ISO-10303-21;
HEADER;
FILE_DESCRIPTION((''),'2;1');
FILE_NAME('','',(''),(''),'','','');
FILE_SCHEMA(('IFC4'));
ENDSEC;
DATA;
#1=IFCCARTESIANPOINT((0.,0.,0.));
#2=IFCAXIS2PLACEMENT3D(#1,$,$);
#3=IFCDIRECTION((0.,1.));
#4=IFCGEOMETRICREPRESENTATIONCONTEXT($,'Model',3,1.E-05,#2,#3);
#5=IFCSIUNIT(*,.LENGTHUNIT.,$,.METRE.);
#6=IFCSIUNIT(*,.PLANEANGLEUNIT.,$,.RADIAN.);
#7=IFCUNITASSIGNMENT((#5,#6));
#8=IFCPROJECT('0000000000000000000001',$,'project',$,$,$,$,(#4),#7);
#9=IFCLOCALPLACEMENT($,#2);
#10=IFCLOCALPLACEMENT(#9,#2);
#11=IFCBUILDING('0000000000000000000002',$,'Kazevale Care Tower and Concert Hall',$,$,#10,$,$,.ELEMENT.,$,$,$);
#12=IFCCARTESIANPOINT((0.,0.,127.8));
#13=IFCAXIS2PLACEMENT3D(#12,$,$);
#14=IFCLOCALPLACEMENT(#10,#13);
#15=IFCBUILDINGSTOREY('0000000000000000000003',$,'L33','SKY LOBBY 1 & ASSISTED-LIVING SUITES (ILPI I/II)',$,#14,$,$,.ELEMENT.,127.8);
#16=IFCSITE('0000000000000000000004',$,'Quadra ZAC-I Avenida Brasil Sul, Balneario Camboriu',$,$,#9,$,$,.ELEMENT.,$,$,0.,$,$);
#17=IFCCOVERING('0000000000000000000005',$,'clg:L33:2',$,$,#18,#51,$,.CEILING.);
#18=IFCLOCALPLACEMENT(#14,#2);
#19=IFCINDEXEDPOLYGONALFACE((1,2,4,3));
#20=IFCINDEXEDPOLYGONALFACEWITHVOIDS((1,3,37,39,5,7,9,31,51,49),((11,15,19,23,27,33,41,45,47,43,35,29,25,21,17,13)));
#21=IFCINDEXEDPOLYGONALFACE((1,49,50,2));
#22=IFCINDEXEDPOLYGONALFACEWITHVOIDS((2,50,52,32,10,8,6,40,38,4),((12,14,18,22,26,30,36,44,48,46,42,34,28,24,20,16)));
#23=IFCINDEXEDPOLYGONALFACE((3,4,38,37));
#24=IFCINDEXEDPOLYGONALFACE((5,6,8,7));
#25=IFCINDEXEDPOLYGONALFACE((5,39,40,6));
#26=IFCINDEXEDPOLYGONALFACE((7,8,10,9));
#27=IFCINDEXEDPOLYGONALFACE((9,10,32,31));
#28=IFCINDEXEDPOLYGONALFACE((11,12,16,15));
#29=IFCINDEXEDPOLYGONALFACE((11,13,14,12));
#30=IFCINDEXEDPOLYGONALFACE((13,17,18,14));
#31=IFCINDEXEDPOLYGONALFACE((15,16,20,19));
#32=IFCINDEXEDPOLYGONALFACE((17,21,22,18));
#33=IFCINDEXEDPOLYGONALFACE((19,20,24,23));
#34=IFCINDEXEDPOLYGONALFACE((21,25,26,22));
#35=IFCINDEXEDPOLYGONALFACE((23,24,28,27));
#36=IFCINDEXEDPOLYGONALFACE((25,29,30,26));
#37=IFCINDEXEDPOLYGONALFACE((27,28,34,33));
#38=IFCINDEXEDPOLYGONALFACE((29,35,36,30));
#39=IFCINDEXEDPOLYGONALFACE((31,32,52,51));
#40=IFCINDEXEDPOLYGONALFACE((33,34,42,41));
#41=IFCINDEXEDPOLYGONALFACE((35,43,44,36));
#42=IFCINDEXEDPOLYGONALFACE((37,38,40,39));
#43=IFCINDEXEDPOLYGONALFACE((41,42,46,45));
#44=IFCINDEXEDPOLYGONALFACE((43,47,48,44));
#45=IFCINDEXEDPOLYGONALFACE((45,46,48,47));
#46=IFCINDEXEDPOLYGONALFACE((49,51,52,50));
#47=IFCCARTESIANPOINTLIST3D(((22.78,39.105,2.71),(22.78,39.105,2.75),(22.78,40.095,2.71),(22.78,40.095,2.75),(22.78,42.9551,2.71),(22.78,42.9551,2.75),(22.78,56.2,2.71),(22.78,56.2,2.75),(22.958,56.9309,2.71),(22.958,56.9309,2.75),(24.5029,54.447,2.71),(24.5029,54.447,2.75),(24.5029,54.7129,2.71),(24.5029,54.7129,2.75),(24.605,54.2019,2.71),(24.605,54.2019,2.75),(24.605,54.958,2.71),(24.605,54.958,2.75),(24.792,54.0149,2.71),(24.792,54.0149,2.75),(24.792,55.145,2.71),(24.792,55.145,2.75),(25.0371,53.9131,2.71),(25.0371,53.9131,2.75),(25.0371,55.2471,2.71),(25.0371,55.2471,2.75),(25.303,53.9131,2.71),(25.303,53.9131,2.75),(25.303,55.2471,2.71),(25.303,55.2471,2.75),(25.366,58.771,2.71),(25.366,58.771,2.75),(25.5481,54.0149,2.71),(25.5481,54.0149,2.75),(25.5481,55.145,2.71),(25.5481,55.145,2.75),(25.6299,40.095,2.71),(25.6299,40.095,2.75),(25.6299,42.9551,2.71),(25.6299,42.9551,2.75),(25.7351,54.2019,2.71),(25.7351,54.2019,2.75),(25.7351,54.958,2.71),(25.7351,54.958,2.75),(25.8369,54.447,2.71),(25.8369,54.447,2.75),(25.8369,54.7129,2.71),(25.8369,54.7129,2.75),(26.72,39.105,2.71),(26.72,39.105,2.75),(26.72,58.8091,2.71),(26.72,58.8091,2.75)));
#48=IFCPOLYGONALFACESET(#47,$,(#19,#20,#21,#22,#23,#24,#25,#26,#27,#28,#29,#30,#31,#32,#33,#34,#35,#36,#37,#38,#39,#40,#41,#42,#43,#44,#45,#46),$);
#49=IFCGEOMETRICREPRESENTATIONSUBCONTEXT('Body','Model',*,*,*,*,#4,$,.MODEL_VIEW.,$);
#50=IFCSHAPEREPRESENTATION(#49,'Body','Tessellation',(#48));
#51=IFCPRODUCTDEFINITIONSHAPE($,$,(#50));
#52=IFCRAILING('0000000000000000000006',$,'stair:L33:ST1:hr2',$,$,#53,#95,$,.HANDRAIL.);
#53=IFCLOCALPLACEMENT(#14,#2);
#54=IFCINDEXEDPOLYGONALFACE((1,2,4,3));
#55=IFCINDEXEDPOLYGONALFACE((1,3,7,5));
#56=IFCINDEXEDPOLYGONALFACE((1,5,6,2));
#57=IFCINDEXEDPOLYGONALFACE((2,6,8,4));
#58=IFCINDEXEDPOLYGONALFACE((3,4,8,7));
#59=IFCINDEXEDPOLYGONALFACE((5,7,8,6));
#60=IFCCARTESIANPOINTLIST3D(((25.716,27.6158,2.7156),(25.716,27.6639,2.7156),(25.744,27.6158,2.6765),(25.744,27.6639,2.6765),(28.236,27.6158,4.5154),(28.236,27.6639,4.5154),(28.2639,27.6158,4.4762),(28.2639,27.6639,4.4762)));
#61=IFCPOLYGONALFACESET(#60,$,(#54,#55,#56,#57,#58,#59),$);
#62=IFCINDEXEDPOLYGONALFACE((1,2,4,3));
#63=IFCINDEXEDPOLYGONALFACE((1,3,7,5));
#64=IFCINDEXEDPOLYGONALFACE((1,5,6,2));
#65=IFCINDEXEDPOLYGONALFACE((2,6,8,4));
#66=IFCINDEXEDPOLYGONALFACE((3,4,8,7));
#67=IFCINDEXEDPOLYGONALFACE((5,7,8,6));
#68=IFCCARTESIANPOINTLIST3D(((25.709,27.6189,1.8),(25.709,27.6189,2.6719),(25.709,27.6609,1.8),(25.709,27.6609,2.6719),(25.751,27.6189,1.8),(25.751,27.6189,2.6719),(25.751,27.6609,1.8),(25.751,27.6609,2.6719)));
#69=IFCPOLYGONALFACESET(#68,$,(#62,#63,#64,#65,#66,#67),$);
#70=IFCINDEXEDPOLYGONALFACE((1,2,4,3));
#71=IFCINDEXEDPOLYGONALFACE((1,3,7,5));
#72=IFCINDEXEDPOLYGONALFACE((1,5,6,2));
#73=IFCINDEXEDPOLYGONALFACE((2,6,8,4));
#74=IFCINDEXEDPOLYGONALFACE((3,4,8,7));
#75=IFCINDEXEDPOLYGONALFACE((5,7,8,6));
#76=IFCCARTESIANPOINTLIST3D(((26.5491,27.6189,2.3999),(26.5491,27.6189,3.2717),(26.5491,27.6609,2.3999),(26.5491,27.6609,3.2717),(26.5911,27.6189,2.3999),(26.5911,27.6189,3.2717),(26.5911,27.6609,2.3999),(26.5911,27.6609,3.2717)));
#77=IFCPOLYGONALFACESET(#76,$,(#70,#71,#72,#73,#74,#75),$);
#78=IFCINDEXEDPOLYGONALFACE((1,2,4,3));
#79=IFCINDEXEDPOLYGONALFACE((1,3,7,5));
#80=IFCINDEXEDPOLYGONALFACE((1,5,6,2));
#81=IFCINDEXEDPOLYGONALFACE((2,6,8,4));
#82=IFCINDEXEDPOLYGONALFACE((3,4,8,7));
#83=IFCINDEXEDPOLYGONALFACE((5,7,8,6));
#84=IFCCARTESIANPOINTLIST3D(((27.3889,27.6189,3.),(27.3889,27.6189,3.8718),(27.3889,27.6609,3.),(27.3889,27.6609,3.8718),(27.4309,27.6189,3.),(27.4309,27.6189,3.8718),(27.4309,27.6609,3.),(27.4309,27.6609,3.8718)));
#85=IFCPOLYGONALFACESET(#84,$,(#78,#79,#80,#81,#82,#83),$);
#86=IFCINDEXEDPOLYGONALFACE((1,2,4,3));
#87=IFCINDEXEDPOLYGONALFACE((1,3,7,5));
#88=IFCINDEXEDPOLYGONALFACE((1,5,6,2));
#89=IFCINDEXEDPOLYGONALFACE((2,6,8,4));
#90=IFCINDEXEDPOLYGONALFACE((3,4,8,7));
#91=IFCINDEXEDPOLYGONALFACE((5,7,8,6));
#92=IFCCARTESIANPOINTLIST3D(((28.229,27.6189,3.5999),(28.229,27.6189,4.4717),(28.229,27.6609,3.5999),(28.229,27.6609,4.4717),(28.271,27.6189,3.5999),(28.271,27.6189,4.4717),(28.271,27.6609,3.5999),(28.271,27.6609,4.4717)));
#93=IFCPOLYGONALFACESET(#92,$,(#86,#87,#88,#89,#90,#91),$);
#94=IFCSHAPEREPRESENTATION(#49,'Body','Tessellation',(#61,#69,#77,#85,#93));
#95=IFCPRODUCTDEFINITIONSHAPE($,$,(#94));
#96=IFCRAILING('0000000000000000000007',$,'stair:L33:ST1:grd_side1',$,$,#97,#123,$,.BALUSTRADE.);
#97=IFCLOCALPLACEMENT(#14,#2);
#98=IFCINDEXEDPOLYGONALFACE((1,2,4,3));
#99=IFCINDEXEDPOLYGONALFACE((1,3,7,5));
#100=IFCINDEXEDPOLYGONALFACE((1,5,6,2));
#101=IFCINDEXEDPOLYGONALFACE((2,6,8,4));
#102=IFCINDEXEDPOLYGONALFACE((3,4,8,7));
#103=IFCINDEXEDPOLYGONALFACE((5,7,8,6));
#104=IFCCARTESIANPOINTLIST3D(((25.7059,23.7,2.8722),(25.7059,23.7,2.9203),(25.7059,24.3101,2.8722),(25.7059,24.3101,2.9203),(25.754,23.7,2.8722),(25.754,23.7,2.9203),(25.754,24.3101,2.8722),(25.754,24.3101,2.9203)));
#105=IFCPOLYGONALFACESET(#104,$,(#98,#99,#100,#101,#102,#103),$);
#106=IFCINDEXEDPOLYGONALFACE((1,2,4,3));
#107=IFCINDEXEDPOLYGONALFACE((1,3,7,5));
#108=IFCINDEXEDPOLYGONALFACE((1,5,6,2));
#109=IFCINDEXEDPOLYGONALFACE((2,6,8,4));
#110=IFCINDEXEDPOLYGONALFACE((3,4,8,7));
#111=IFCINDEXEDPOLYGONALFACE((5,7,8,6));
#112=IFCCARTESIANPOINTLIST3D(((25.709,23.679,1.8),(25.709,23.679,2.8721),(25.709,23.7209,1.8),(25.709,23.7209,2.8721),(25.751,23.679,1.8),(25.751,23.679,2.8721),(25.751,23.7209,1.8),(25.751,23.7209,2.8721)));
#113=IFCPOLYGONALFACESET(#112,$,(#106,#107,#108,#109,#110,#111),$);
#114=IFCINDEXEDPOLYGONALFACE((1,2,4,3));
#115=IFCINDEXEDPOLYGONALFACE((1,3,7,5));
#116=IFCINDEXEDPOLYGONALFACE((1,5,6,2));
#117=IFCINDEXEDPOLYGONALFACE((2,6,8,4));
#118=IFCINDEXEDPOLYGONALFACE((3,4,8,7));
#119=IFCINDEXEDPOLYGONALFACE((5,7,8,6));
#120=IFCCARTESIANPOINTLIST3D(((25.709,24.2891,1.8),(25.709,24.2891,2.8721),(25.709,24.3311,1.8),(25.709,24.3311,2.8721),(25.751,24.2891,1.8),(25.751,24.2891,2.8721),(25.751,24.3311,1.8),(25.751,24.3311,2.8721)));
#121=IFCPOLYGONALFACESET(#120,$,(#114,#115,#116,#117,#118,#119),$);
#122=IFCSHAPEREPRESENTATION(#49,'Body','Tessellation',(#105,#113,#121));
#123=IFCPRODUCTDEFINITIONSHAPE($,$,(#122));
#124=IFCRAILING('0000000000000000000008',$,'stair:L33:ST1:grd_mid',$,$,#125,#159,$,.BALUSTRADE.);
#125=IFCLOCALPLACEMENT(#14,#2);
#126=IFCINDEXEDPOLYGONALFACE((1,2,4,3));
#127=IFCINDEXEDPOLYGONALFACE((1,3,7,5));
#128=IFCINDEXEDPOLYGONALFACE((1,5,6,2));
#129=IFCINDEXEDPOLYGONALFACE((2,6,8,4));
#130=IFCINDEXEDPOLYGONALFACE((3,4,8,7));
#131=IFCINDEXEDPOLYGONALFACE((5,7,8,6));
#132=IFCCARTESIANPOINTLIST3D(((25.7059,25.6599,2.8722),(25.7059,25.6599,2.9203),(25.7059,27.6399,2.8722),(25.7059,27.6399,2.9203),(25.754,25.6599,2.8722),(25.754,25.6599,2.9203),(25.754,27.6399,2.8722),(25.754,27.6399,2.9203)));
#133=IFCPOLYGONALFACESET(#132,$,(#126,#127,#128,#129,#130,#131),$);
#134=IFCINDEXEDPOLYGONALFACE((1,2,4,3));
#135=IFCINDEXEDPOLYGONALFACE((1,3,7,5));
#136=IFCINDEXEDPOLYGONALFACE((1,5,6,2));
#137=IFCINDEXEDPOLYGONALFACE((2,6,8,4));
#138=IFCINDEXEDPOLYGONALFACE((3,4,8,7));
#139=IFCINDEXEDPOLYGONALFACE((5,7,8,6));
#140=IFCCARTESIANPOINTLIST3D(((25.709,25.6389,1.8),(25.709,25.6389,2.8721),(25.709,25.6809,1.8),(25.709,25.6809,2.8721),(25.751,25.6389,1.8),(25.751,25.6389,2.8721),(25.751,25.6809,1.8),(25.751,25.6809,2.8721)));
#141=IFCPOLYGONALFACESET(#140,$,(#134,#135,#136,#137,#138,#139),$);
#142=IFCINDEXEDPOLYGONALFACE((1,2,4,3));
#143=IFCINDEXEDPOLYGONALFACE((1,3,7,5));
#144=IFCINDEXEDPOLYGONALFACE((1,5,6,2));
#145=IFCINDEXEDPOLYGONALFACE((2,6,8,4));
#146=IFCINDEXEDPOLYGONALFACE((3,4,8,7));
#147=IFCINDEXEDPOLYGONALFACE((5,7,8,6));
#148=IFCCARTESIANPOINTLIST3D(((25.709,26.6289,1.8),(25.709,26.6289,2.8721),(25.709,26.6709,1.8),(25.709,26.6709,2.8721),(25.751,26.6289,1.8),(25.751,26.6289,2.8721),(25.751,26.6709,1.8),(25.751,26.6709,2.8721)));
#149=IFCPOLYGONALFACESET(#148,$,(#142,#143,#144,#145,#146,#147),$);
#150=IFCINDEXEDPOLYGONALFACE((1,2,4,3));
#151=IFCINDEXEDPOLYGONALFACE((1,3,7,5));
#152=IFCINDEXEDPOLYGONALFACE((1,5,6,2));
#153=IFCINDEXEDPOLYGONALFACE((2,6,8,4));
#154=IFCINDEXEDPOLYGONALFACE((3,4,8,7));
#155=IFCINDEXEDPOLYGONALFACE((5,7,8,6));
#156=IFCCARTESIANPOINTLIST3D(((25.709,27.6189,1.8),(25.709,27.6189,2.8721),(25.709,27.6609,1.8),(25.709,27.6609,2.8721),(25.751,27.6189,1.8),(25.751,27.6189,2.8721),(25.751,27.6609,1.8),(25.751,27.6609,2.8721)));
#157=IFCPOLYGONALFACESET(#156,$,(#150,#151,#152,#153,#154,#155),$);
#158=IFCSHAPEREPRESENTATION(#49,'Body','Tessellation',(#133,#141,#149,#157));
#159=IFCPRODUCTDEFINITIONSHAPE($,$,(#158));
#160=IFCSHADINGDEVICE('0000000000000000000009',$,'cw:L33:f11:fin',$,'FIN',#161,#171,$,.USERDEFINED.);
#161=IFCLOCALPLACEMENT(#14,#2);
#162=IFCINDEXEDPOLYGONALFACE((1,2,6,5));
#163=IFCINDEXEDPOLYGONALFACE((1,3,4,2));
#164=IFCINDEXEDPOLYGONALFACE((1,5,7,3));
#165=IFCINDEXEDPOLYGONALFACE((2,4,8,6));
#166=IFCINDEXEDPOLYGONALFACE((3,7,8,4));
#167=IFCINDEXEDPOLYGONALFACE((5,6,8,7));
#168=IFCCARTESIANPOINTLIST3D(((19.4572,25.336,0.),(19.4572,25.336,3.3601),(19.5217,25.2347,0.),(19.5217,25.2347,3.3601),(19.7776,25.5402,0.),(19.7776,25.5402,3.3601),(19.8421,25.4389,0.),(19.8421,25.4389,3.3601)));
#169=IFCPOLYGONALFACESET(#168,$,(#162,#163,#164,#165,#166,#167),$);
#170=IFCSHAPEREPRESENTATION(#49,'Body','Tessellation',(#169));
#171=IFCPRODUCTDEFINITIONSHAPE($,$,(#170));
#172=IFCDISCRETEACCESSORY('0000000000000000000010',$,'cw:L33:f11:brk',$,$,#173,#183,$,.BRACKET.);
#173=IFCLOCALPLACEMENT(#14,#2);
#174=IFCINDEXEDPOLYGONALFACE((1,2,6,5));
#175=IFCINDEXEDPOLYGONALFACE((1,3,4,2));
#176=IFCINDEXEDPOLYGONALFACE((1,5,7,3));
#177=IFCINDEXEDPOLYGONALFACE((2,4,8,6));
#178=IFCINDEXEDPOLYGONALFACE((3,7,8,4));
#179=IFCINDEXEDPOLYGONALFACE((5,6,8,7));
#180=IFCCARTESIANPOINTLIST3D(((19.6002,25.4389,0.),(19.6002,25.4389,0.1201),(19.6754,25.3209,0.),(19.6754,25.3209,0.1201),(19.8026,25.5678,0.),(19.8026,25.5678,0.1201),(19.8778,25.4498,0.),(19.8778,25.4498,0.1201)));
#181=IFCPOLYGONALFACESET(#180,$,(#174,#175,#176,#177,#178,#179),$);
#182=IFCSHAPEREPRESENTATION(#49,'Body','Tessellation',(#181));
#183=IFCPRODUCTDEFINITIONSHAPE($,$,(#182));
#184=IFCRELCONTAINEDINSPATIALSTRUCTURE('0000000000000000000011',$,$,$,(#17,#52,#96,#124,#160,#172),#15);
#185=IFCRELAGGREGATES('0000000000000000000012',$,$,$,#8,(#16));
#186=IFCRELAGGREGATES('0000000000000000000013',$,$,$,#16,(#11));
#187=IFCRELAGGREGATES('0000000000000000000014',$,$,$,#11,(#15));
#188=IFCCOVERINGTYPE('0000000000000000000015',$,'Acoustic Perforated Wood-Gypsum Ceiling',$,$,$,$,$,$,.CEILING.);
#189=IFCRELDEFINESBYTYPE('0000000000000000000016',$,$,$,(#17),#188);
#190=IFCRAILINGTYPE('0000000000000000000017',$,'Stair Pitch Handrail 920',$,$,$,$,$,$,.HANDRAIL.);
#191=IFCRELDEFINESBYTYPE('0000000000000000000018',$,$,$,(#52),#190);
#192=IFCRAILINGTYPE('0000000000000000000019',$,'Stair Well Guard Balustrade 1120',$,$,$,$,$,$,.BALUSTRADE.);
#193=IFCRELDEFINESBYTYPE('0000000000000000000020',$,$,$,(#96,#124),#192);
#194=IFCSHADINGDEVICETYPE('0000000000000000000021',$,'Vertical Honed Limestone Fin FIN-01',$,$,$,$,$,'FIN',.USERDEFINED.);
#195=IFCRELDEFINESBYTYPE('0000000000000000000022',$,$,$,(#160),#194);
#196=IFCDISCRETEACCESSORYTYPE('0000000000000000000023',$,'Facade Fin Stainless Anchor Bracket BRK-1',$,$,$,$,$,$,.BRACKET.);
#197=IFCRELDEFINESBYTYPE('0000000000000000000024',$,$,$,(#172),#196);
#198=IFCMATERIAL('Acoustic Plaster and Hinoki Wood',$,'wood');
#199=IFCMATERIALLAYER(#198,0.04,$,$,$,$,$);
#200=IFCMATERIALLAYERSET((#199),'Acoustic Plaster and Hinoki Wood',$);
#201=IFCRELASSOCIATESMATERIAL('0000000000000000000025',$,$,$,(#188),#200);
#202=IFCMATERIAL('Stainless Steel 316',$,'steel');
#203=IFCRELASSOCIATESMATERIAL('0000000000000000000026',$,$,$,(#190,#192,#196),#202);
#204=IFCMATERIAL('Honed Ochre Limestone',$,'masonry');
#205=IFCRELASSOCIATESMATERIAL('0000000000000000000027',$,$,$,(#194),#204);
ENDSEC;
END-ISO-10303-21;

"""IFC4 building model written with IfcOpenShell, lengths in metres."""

from ifc_helpers import new_model, si_unit, direction, frame, origin, origin_2d, place, context, subcontext, project, spatial, polyline, rectangle, outline, extrude, material, layer, layer_set, type_object, element, save


model = new_model("IFC4")

# Units and contexts
model_context = context("Model", 3, precision=1e-05, world=origin(), true_north=direction((0.0, 1.0)))
body_context = subcontext(model_context, "Body", "Model", "MODEL_VIEW")
ifc_project = project(units=[si_unit("LENGTHUNIT", "METRE"), si_unit("PLANEANGLEUNIT", "RADIAN")], contexts=[model_context])

# Site, building, storey
site_placement = place(None, origin())
site = spatial("IfcSite", under=ifc_project, at=site_placement, Name="Quadra ZAC-I Avenida Brasil Sul, Balneario Camboriu", CompositionType="ELEMENT", RefElevation=0.0)
building_placement = place(site_placement, origin())
building = spatial("IfcBuilding", under=site, at=building_placement, Name="Kazevale Care Tower and Concert Hall", CompositionType="ELEMENT")
storey_placement = place(building_placement, frame((0.0, 0.0, 127.8)))
storey = spatial("IfcBuildingStorey", under=building, at=storey_placement, Name="L33", Description="SKY LOBBY 1 & ASSISTED-LIVING SUITES (ILPI I/II)", CompositionType="ELEMENT", Elevation=127.8)

# Covering
ifc_material_1 = material(Name="Acoustic Plaster and Hinoki Wood", Category="wood")
ifc_layer_1 = layer(ifc_material_1, 0.04)
ifc_layer_set_1 = layer_set([ifc_layer_1], Name="Acoustic Plaster and Hinoki Wood")
covering_type = type_object("IfcCoveringType", Name="Acoustic Perforated Wood-Gypsum Ceiling", PredefinedType="CEILING", material=ifc_layer_set_1)
covering_1_placement = place(storey_placement, frame((0.0, 0.0, 2.71)))
element("IfcCovering", 1, at=covering_1_placement, inside=storey, type_object=covering_type, Name="clg:L33:2", PredefinedType="CEILING", context=body_context, shape_type="SweptSolid", body=[
    extrude(outline(polyline([(25.6299, 40.095), (25.6299, 42.9551), (22.78, 42.9551), (22.78, 56.2), (22.958, 56.9309), (25.366, 58.771), (26.72, 58.8091), (26.72, 39.105), (22.78, 39.105), (22.78, 40.095), (25.6299, 40.095)]), holes=[polyline([(25.8369, 54.7129), (25.7351, 54.958), (25.5481, 55.145), (25.303, 55.2471), (25.0371, 55.2471), (24.792, 55.145), (24.605, 54.958), (24.5029, 54.7129), (24.5029, 54.447), (24.605, 54.2019), (24.792, 54.0149), (25.0371, 53.9131), (25.303, 53.9131), (25.5481, 54.0149), (25.7351, 54.2019), (25.8369, 54.447), (25.8369, 54.7129)])]), origin(), (0.0, 0.0, 1.0), 0.04),
])

# Railings
ifc_material_2 = material(Name="Stainless Steel 316", Category="steel")
railing_type_1 = type_object("IfcRailingType", Name="Stair Pitch Handrail 920", PredefinedType="HANDRAIL", material=ifc_material_2)
railing_1_placement = place(storey_placement, frame((25.73, 27.6399, 1.8)))
element("IfcRailing", 2, at=railing_1_placement, inside=storey, type_object=railing_type_1, Name="stair:L33:ST1:hr2", PredefinedType="HANDRAIL", context=body_context, shape_type="SweptSolid", body=[
    extrude(rectangle(XDim=0.0481, YDim=0.0481, at=origin_2d()), frame((0.0, 0.0, 0.896), z_axis=(0.813765, 0.0, 0.581193), x_axis=(0.0, 1.0, 0.0)), (0.0, 0.0, 1.0), 3.0967),
    extrude(rectangle(XDim=0.042, YDim=0.042, at=origin_2d()), origin(), (0.0, 0.0, 1.0), 0.8718),
    extrude(rectangle(XDim=0.042, YDim=0.042, at=origin_2d()), frame((0.8401, 0.0, 0.5999)), (0.0, 0.0, 1.0), 0.8718),
    extrude(rectangle(XDim=0.042, YDim=0.042, at=origin_2d()), frame((1.6799, 0.0, 1.2)), (0.0, 0.0, 1.0), 0.8718),
    extrude(rectangle(XDim=0.042, YDim=0.042, at=origin_2d()), frame((2.52, 0.0, 1.7998)), (0.0, 0.0, 1.0), 0.8718),
])
railing_type_2 = type_object("IfcRailingType", Name="Stair Well Guard Balustrade 1120", PredefinedType="BALUSTRADE", material=ifc_material_2)
railing_2_placement = place(storey_placement, frame((25.73, 23.7, 1.8)))
element("IfcRailing", 3, at=railing_2_placement, inside=storey, type_object=railing_type_2, Name="stair:L33:ST1:grd_side1", PredefinedType="BALUSTRADE", context=body_context, shape_type="SweptSolid", body=[
    extrude(rectangle(XDim=0.0481, YDim=0.0481, at=origin_2d()), frame((0.0, 0.0, 1.0962), z_axis=(0.0, 1.0, 0.0), x_axis=(-1.0, 0.0, 0.0)), (0.0, 0.0, 1.0), 0.6101),
    extrude(rectangle(XDim=0.042, YDim=0.042, at=origin_2d()), origin(), (0.0, 0.0, 1.0), 1.072),
    extrude(rectangle(XDim=0.042, YDim=0.042, at=origin_2d()), frame((0.0, 0.6101, 0.0)), (0.0, 0.0, 1.0), 1.072),
])
railing_3_placement = place(storey_placement, frame((25.73, 25.6599, 1.8)))
element("IfcRailing", 4, at=railing_3_placement, inside=storey, type_object=railing_type_2, Name="stair:L33:ST1:grd_mid", PredefinedType="BALUSTRADE", context=body_context, shape_type="SweptSolid", body=[
    extrude(rectangle(XDim=0.0481, YDim=0.0481, at=origin_2d()), frame((0.0, 0.0, 1.0962), z_axis=(0.0, 1.0, 0.0), x_axis=(-1.0, 0.0, 0.0)), (0.0, 0.0, 1.0), 1.98),
    extrude(rectangle(XDim=0.042, YDim=0.042, at=origin_2d()), origin(), (0.0, 0.0, 1.0), 1.072),
    extrude(rectangle(XDim=0.042, YDim=0.042, at=origin_2d()), frame((0.0, 0.99, 0.0)), (0.0, 0.0, 1.0), 1.072),
    extrude(rectangle(XDim=0.042, YDim=0.042, at=origin_2d()), frame((0.0, 1.98, 0.0)), (0.0, 0.0, 1.0), 1.072),
])

# Shading device
ifc_material_3 = material(Name="Honed Ochre Limestone", Category="masonry")
shading_device_type = type_object("IfcShadingDeviceType", Name="Vertical Honed Limestone Fin FIN-01", ElementType="FIN", PredefinedType="USERDEFINED", material=ifc_material_3)
shading_device_placement = place(storey_placement, frame((19.6497, 25.3875, 0.0), z_axis=(0.0, 0.0, 1.0), x_axis=(-0.843391, -0.5373, 0.0)))
element("IfcShadingDevice", 5, at=shading_device_placement, inside=storey, type_object=shading_device_type, Name="cw:L33:f11:fin", ObjectType="FIN", PredefinedType="USERDEFINED", context=body_context, shape_type="SweptSolid", body=[
    extrude(rectangle(XDim=0.3799, YDim=0.1201, at=origin_2d()), origin(), (0.0, 0.0, 1.0), 3.3601),
])

# Discrete accessory
discrete_accessory_type = type_object("IfcDiscreteAccessoryType", Name="Facade Fin Stainless Anchor Bracket BRK-1", PredefinedType="BRACKET", material=ifc_material_2)
discrete_accessory_placement = place(storey_placement, frame((19.739, 25.4443, 0.0), z_axis=(0.0, 0.0, 1.0), x_axis=(-0.843391, -0.5373, 0.0)))
element("IfcDiscreteAccessory", 6, at=discrete_accessory_placement, inside=storey, type_object=discrete_accessory_type, Name="cw:L33:f11:brk", PredefinedType="BRACKET", context=body_context, shape_type="SweptSolid", body=[
    extrude(rectangle(XDim=0.24, YDim=0.1399, at=origin_2d()), origin(), (0.0, 0.0, 1.0), 0.1201),
])

save(model, "model.ifc")
